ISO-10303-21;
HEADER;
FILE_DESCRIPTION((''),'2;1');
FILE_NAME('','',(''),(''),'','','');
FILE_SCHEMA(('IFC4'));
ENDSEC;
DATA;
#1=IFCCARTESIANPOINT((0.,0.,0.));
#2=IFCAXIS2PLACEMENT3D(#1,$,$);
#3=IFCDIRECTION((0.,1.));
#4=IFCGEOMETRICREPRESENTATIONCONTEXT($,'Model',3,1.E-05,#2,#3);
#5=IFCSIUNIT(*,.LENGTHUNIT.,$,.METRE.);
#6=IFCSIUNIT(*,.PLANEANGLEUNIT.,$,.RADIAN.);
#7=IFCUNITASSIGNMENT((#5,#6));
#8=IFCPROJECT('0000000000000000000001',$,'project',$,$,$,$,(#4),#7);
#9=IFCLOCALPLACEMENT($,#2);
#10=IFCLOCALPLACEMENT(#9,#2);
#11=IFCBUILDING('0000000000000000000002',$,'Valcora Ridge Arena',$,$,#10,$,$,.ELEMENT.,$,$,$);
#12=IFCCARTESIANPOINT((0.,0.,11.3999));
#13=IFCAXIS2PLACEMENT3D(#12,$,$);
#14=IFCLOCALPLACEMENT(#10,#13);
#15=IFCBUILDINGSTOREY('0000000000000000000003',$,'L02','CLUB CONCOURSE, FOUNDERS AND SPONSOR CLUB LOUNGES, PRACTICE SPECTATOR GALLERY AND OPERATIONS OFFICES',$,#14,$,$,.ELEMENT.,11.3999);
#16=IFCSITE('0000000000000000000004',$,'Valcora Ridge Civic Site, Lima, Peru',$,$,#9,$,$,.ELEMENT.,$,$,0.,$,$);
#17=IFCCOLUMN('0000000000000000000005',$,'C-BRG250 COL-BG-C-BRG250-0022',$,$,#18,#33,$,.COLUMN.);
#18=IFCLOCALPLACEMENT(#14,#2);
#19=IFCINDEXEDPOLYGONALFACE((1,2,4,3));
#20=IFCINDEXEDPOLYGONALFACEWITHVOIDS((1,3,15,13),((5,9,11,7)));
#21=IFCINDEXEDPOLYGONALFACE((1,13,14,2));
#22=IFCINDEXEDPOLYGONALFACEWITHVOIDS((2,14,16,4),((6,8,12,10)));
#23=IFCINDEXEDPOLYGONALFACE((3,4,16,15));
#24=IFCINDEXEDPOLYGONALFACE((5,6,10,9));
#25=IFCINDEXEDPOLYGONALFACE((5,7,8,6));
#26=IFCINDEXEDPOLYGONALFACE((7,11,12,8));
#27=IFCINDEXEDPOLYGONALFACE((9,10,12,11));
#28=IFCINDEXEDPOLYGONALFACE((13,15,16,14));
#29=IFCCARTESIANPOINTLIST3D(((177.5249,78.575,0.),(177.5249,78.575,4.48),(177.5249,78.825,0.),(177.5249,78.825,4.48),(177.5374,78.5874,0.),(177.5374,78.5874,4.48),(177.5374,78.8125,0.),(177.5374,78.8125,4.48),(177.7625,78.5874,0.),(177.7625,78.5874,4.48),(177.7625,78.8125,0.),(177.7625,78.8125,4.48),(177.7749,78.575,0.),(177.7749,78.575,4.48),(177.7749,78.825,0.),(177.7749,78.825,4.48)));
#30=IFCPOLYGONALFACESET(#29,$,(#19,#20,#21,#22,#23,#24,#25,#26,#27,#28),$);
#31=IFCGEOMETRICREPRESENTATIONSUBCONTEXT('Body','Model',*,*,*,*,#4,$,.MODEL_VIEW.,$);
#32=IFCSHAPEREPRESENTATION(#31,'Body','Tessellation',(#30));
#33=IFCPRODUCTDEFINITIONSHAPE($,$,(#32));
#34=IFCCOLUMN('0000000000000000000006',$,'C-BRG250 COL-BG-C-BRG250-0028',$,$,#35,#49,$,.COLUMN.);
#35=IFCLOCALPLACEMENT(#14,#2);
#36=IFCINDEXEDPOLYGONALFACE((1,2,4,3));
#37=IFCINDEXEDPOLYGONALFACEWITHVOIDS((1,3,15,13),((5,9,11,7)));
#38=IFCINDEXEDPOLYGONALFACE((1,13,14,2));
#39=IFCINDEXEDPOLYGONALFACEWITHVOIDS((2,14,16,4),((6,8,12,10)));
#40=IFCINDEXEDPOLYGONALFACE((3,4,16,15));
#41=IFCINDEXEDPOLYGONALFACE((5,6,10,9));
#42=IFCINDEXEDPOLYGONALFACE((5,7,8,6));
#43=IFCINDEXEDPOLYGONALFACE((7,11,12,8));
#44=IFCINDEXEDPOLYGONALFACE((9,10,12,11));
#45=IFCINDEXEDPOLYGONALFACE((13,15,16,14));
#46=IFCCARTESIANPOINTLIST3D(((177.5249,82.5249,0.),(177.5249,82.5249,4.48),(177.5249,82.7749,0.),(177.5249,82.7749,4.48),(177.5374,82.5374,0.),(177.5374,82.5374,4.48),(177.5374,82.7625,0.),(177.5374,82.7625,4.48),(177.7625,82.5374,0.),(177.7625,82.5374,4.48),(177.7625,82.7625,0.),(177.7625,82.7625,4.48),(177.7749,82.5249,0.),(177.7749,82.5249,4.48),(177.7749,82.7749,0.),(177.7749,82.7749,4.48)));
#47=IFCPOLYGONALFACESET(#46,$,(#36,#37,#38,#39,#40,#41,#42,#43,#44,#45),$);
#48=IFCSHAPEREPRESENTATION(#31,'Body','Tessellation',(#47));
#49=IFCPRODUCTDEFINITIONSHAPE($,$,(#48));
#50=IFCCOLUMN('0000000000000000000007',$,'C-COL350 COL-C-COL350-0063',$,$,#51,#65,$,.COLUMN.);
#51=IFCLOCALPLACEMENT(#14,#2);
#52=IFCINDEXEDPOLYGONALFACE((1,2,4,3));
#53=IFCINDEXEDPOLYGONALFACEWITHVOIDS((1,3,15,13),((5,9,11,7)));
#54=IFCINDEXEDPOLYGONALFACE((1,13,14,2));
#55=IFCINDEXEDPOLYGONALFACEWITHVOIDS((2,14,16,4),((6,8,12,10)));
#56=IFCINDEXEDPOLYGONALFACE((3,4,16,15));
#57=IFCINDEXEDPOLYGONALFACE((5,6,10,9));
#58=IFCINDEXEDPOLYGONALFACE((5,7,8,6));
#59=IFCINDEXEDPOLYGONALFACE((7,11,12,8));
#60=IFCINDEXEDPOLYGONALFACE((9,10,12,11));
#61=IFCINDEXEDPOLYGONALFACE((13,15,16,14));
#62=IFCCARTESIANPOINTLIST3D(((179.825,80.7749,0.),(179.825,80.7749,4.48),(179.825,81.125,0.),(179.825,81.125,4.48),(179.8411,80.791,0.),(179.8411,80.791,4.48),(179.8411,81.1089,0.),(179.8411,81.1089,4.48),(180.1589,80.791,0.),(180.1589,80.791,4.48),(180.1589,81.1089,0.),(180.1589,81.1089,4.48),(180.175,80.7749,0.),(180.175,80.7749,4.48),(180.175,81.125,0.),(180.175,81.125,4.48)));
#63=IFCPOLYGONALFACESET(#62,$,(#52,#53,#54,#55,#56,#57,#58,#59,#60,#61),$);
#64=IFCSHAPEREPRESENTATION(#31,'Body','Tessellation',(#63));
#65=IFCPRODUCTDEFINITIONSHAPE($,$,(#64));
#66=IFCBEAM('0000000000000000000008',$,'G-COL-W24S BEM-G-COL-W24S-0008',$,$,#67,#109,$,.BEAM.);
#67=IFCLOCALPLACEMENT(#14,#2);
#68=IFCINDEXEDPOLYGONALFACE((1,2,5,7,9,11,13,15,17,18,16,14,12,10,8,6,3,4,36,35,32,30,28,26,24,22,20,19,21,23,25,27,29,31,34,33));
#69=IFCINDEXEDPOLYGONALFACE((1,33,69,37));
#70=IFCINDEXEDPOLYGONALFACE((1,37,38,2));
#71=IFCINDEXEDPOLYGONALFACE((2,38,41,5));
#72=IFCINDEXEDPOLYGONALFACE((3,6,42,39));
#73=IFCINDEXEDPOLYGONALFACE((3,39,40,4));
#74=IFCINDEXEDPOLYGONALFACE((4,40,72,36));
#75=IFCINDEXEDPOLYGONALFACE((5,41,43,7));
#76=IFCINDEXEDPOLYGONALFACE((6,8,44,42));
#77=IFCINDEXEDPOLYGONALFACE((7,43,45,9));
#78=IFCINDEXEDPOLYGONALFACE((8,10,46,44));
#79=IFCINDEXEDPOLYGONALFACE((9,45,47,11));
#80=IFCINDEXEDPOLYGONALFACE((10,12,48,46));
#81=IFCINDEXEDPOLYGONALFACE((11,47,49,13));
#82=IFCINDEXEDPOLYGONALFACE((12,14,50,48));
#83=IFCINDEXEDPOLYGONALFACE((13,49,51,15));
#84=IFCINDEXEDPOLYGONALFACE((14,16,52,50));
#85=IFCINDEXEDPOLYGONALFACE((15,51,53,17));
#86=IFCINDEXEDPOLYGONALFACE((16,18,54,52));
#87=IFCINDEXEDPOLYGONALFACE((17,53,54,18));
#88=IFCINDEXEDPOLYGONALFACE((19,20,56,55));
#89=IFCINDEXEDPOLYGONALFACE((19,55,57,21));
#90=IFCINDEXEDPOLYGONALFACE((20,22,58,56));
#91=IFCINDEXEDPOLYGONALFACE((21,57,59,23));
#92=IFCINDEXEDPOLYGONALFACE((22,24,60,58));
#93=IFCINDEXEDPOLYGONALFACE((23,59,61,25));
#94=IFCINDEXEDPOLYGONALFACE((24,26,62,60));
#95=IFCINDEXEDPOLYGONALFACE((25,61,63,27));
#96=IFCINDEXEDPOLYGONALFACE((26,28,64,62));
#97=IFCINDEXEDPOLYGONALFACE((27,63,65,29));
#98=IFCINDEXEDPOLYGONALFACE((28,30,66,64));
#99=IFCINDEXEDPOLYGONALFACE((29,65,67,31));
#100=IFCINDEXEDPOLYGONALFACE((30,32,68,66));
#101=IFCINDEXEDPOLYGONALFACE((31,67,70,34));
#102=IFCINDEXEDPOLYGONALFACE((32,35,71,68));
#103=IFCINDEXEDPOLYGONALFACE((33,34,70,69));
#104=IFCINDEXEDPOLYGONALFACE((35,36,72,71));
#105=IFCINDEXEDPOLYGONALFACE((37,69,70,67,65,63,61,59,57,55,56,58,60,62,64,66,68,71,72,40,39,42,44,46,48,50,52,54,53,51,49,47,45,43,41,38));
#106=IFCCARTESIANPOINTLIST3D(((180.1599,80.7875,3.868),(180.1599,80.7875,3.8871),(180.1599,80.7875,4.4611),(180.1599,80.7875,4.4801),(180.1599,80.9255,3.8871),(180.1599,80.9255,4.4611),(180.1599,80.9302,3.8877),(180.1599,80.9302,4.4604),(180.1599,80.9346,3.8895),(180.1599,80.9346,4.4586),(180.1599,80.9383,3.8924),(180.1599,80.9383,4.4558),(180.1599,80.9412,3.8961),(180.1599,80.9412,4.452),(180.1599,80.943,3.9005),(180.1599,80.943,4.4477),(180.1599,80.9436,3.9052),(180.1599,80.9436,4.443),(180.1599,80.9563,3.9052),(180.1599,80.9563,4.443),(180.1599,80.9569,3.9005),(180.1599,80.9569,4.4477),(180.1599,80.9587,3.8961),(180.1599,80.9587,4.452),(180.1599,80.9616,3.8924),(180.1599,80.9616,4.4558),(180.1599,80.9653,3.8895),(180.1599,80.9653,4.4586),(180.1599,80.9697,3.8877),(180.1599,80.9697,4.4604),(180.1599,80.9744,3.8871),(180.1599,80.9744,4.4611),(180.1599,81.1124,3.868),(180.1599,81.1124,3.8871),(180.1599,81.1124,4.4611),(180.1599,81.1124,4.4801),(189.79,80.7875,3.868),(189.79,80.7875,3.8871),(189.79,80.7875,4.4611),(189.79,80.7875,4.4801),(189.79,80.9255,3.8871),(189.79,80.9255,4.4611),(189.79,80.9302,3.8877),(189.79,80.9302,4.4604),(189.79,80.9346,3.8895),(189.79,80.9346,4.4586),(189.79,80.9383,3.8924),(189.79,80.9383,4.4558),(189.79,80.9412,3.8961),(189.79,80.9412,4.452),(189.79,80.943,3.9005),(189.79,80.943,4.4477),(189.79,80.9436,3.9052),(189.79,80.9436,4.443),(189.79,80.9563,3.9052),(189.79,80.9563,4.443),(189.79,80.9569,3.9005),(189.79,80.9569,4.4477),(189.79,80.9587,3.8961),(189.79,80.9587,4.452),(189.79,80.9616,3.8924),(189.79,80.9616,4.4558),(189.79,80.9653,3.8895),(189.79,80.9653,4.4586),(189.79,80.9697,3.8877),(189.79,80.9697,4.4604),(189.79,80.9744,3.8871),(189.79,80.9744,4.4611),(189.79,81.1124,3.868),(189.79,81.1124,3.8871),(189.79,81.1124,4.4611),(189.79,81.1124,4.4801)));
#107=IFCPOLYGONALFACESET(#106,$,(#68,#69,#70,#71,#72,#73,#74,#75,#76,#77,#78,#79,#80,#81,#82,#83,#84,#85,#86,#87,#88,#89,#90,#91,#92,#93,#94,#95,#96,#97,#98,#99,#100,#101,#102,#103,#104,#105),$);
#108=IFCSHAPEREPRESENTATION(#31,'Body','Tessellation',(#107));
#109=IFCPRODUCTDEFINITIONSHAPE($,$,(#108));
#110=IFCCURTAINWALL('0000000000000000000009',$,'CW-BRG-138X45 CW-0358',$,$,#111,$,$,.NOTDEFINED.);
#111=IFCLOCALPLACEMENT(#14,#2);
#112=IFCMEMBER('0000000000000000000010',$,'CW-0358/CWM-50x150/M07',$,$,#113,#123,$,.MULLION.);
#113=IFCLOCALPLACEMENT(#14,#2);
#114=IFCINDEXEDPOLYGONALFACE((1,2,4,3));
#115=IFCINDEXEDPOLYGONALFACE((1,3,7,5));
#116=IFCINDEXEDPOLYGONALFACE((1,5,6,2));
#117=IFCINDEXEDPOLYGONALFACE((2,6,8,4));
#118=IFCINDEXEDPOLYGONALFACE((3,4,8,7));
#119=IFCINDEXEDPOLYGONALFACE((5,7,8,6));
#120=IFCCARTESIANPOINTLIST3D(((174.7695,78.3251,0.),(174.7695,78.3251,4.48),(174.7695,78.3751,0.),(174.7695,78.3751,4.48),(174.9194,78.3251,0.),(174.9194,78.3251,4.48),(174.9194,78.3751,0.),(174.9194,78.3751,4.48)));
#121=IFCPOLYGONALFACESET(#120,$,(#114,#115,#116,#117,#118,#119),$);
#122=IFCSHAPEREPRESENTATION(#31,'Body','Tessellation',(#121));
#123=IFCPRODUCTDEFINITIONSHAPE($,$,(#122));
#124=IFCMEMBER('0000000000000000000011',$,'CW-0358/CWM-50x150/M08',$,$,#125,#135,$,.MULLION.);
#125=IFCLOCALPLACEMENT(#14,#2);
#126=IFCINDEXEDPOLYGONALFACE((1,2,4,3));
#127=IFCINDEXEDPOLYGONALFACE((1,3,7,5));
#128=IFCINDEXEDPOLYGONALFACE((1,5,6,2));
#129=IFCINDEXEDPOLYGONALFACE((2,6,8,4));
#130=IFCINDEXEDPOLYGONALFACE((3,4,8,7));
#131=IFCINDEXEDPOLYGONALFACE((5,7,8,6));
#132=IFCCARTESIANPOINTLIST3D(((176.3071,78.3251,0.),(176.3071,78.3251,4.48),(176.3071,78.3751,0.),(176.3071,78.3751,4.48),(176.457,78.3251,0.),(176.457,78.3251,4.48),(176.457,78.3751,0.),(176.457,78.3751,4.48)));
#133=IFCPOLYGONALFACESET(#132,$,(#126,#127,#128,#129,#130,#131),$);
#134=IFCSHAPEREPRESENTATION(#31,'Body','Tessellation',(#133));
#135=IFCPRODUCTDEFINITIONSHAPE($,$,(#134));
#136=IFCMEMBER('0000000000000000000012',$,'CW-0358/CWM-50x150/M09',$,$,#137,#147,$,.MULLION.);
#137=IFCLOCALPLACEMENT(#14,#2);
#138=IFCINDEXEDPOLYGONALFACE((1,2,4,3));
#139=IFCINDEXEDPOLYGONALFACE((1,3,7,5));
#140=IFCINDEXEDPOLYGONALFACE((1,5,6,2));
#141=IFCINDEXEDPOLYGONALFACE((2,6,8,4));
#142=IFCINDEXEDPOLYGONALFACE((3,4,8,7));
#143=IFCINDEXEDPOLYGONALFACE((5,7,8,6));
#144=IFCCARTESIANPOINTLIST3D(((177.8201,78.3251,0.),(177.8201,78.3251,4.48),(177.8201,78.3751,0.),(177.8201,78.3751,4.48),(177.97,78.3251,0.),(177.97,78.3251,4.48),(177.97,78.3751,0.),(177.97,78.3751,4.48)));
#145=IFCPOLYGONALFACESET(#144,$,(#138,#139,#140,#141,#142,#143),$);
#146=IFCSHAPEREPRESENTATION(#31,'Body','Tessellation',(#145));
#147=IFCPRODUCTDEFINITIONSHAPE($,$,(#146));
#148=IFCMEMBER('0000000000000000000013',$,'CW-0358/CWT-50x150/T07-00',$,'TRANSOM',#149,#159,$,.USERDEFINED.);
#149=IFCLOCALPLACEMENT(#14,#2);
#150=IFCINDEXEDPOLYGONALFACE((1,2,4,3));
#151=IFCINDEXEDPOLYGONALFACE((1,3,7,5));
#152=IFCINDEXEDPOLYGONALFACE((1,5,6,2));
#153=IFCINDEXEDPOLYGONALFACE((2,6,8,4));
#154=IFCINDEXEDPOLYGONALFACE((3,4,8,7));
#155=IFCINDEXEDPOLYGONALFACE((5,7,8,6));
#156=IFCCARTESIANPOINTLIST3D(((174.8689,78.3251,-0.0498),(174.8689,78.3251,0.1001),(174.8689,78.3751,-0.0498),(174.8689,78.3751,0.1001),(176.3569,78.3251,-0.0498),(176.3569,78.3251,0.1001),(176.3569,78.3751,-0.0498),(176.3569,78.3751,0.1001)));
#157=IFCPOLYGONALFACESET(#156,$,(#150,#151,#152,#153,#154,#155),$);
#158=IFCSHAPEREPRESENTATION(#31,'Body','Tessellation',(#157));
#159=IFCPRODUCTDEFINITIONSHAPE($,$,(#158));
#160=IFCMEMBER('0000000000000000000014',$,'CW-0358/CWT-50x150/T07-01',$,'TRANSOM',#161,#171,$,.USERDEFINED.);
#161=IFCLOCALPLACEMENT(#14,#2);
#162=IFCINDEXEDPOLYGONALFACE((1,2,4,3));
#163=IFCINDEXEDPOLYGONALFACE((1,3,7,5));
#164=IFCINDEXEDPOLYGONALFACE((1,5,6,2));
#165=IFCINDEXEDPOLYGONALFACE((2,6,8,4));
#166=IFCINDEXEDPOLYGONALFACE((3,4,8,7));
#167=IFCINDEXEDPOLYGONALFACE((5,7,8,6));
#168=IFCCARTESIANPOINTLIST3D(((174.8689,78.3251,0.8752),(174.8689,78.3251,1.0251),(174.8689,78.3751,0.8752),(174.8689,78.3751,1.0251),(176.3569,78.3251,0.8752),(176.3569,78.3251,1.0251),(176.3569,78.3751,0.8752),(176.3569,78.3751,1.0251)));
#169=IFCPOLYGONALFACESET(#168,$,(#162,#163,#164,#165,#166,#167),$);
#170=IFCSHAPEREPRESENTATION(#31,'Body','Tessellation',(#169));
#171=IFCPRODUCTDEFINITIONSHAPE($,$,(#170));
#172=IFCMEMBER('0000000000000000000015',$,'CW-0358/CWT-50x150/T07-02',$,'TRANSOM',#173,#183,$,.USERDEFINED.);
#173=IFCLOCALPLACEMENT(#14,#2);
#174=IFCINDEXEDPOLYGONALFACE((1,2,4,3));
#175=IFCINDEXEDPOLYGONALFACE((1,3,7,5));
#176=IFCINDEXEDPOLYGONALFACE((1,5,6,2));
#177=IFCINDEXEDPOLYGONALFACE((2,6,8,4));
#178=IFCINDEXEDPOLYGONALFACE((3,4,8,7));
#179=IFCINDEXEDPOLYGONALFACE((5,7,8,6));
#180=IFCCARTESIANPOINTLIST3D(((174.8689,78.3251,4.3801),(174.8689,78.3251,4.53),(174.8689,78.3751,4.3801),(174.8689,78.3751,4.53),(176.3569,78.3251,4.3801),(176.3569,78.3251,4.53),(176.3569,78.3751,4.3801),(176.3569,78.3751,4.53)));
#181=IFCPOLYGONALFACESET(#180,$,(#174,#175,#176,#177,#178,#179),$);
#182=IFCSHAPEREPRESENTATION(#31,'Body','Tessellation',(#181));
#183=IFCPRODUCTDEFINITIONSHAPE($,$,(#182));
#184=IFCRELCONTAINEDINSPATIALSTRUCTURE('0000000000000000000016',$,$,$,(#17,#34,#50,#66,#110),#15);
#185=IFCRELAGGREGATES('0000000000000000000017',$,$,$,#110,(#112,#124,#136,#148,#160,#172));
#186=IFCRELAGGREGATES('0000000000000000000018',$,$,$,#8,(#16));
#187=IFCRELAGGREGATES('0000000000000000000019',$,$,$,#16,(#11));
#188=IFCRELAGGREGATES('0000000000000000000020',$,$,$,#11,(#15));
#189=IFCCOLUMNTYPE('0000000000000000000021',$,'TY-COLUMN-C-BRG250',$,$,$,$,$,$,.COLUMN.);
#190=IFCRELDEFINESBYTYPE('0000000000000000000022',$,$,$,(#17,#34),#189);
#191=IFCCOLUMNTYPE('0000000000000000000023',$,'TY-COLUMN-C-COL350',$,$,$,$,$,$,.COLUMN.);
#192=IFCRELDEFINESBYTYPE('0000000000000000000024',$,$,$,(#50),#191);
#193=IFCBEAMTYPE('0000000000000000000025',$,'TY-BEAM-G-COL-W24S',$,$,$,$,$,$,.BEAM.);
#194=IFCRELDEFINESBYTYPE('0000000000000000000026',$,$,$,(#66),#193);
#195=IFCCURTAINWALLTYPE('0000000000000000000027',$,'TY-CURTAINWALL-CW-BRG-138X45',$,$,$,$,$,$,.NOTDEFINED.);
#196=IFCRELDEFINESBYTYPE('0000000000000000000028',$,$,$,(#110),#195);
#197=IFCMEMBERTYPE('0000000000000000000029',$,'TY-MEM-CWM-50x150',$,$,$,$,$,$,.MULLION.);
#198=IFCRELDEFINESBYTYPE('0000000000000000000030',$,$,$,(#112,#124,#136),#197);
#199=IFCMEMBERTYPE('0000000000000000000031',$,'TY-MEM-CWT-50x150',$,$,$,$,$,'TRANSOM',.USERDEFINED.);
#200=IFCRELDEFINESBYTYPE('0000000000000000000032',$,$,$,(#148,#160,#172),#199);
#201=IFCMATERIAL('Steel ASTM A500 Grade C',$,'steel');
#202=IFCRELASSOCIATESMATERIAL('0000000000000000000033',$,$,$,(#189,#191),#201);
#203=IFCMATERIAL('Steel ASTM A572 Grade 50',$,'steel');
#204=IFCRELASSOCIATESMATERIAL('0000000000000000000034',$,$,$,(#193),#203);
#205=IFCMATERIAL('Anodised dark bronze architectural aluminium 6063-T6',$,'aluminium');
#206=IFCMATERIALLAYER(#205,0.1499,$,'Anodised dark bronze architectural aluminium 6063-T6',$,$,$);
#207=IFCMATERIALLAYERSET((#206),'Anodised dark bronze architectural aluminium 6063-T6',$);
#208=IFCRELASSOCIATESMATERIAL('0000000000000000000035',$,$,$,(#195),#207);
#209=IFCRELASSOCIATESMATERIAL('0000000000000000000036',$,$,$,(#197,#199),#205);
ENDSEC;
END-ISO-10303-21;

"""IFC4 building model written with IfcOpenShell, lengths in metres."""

from ifc_helpers import new_model, si_unit, direction, frame, origin, origin_2d, place, context, subcontext, project, spatial, rectangle, hollow_rectangle, i_section, extrude, material, layer, layer_set, material_profile, profile_set, type_object, element, aggregate, save


model = new_model("IFC4")

# Units and contexts
model_context = context("Model", 3, precision=1e-05, world=origin(), true_north=direction((0.0, 1.0)))
body_context = subcontext(model_context, "Body", "Model", "MODEL_VIEW")
ifc_project = project(units=[si_unit("LENGTHUNIT", "METRE"), si_unit("PLANEANGLEUNIT", "RADIAN")], contexts=[model_context])

# Site, building, storey
site_placement = place(None, origin())
site = spatial("IfcSite", under=ifc_project, at=site_placement, Name="Valcora Ridge Civic Site, Lima, Peru", CompositionType="ELEMENT", RefElevation=0.0)
building_placement = place(site_placement, origin())
building = spatial("IfcBuilding", under=site, at=building_placement, Name="Valcora Ridge Arena", CompositionType="ELEMENT")
storey_placement = place(building_placement, frame((0.0, 0.0, 11.3999)))
storey = spatial("IfcBuildingStorey", under=building, at=storey_placement, Name="L02", Description="CLUB CONCOURSE, FOUNDERS AND SPONSOR CLUB LOUNGES, PRACTICE SPECTATOR GALLERY AND OPERATIONS OFFICES", CompositionType="ELEMENT", Elevation=11.3999)

# Columns
ifc_material_1 = material(Name="Steel ASTM A500 Grade C", Category="steel")
ifc_material_profile_1 = material_profile(ifc_material_1, hollow_rectangle(XDim=0.25, YDim=0.25, WallThickness=0.0125, at=origin_2d()), Name="HSS250X250X12")
ifc_profile_set_1 = profile_set([ifc_material_profile_1], Name="Steel ASTM A500 Grade C")
column_type_1 = type_object("IfcColumnType", Name="TY-COLUMN-C-BRG250", PredefinedType="COLUMN", material=ifc_profile_set_1)
for number, where, z_axis, x_axis, name in (
    (1, (177.6499, 78.7, 0.0), (0.0, 0.0, 1.0), (1.0, 0.0, 0.0), "C-BRG250 COL-BG-C-BRG250-0022"),
    (2, (177.6499, 82.6499, 0.0), (0.0, 0.0, 1.0), (1.0, 0.0, 0.0), "C-BRG250 COL-BG-C-BRG250-0028"),
):
    element("IfcColumn", number, at=place(storey_placement, frame(where, z_axis=z_axis, x_axis=x_axis)), inside=storey, type_object=column_type_1, Name=name, PredefinedType="COLUMN", context=body_context, shape_type="SweptSolid", body=[
        extrude(hollow_rectangle(XDim=0.25, YDim=0.25, WallThickness=0.0125, at=origin_2d()), origin(), (0.0, 0.0, 1.0), 4.48),
    ])
ifc_material_profile_2 = material_profile(ifc_material_1, hollow_rectangle(XDim=0.3501, YDim=0.3501, WallThickness=0.0161, at=origin_2d()), Name="HSS350X350X16")
ifc_profile_set_2 = profile_set([ifc_material_profile_2], Name="Steel ASTM A500 Grade C")
column_type_2 = type_object("IfcColumnType", Name="TY-COLUMN-C-COL350", PredefinedType="COLUMN", material=ifc_profile_set_2)
column_placement = place(storey_placement, frame((180.0, 80.95, 0.0), z_axis=(0.0, 0.0, 1.0), x_axis=(1.0, 0.0, 0.0)))
element("IfcColumn", 3, at=column_placement, inside=storey, type_object=column_type_2, Name="C-COL350 COL-C-COL350-0063", PredefinedType="COLUMN", context=body_context, shape_type="SweptSolid", body=[
    extrude(hollow_rectangle(XDim=0.3501, YDim=0.3501, WallThickness=0.0161, at=origin_2d()), origin(), (0.0, 0.0, 1.0), 4.48),
])

# Beam
ifc_material_2 = material(Name="Steel ASTM A572 Grade 50", Category="steel")
ifc_material_profile_3 = material_profile(ifc_material_2, i_section(OverallWidth=0.325, OverallDepth=0.6121, WebThickness=0.0127, FlangeThickness=0.019, FilletRadius=0.0181, at=origin_2d()), Name="W24X104")
ifc_profile_set_3 = profile_set([ifc_material_profile_3], Name="Steel ASTM A572 Grade 50")
beam_type = type_object("IfcBeamType", Name="TY-BEAM-G-COL-W24S", PredefinedType="BEAM", material=ifc_profile_set_3)
beam_placement = place(storey_placement, frame((180.1599, 80.95, 4.1741), z_axis=(1.0, 0.0, 0.0), x_axis=(0.0, 1.0, 0.0)))
element("IfcBeam", 4, at=beam_placement, inside=storey, type_object=beam_type, Name="G-COL-W24S BEM-G-COL-W24S-0008", PredefinedType="BEAM", context=body_context, shape_type="SweptSolid", body=[
    extrude(i_section(OverallWidth=0.325, OverallDepth=0.6121, WebThickness=0.0127, FlangeThickness=0.019, FilletRadius=0.0181, at=origin_2d()), origin(), (0.0, 0.0, 1.0), 9.6301),
])

# Curtain wall, members
ifc_material_3 = material(Name="Anodised dark bronze architectural aluminium 6063-T6", Category="aluminium")
ifc_layer_1 = layer(ifc_material_3, 0.1499, Name="Anodised dark bronze architectural aluminium 6063-T6")
ifc_layer_set_1 = layer_set([ifc_layer_1], Name="Anodised dark bronze architectural aluminium 6063-T6")
curtain_wall_type = type_object("IfcCurtainWallType", Name="TY-CURTAINWALL-CW-BRG-138X45", PredefinedType="NOTDEFINED", material=ifc_layer_set_1)
curtain_wall_placement = place(storey_placement, origin())
curtain_wall = element("IfcCurtainWall", 5, at=curtain_wall_placement, inside=storey, type_object=curtain_wall_type, Name="CW-BRG-138X45 CW-0358", PredefinedType="NOTDEFINED")
ifc_material_profile_4 = material_profile(ifc_material_3, rectangle(XDim=0.05, YDim=0.1499, at=origin_2d()), Name="ALU MULLION 50x150")
ifc_profile_set_4 = profile_set([ifc_material_profile_4], Name="Anodised dark bronze architectural aluminium 6063-T6")
member_type_1 = type_object("IfcMemberType", Name="TY-MEM-CWM-50x150", PredefinedType="MULLION", material=ifc_profile_set_4)
member_1_placement = place(storey_placement, frame((174.8445, 78.3501, 0.0), z_axis=(0.0, 0.0, 1.0), x_axis=(0.0, 1.0, 0.0)))
member_1 = element("IfcMember", 6, at=member_1_placement, type_object=member_type_1, Name="CW-0358/CWM-50x150/M07", PredefinedType="MULLION", context=body_context, shape_type="SweptSolid", body=[
    extrude(rectangle(XDim=0.05, YDim=0.1499, at=origin_2d()), origin(), (0.0, 0.0, 1.0), 4.48),
])
member_2_placement = place(storey_placement, frame((176.3821, 78.3501, 0.0), z_axis=(0.0, 0.0, 1.0), x_axis=(0.0, 1.0, 0.0)))
member_2 = element("IfcMember", 7, at=member_2_placement, type_object=member_type_1, Name="CW-0358/CWM-50x150/M08", PredefinedType="MULLION", context=body_context, shape_type="SweptSolid", body=[
    extrude(rectangle(XDim=0.05, YDim=0.1499, at=origin_2d()), origin(), (0.0, 0.0, 1.0), 4.48),
])
member_3_placement = place(storey_placement, frame((177.895, 78.3501, 0.0), z_axis=(0.0, 0.0, 1.0), x_axis=(0.0, 1.0, 0.0)))
member_3 = element("IfcMember", 8, at=member_3_placement, type_object=member_type_1, Name="CW-0358/CWM-50x150/M09", PredefinedType="MULLION", context=body_context, shape_type="SweptSolid", body=[
    extrude(rectangle(XDim=0.05, YDim=0.1499, at=origin_2d()), origin(), (0.0, 0.0, 1.0), 4.48),
])
ifc_material_profile_5 = material_profile(ifc_material_3, rectangle(XDim=0.05, YDim=0.1499, at=origin_2d()), Name="ALU TRANSOM 50x150")
ifc_profile_set_5 = profile_set([ifc_material_profile_5], Name="Anodised dark bronze architectural aluminium 6063-T6")
member_type_2 = type_object("IfcMemberType", Name="TY-MEM-CWT-50x150", ElementType="TRANSOM", PredefinedType="USERDEFINED", material=ifc_profile_set_5)
member_4_placement = place(storey_placement, frame((174.8689, 78.3501, 0.0251), z_axis=(1.0, 0.0, 0.0), x_axis=(0.0, 1.0, 0.0)))
member_4 = element("IfcMember", 9, at=member_4_placement, type_object=member_type_2, Name="CW-0358/CWT-50x150/T07-00", ObjectType="TRANSOM", PredefinedType="USERDEFINED", context=body_context, shape_type="SweptSolid", body=[
    extrude(rectangle(XDim=0.05, YDim=0.1499, at=origin_2d()), origin(), (0.0, 0.0, 1.0), 1.488),
])
member_5_placement = place(storey_placement, frame((174.8689, 78.3501, 0.9502), z_axis=(1.0, 0.0, 0.0), x_axis=(0.0, 1.0, 0.0)))
member_5 = element("IfcMember", 10, at=member_5_placement, type_object=member_type_2, Name="CW-0358/CWT-50x150/T07-01", ObjectType="TRANSOM", PredefinedType="USERDEFINED", context=body_context, shape_type="SweptSolid", body=[
    extrude(rectangle(XDim=0.05, YDim=0.1499, at=origin_2d()), origin(), (0.0, 0.0, 1.0), 1.488),
])
member_6_placement = place(storey_placement, frame((174.8689, 78.3501, 4.4551), z_axis=(1.0, 0.0, 0.0), x_axis=(0.0, 1.0, 0.0)))
member_6 = element("IfcMember", 11, at=member_6_placement, type_object=member_type_2, Name="CW-0358/CWT-50x150/T07-02", ObjectType="TRANSOM", PredefinedType="USERDEFINED", context=body_context, shape_type="SweptSolid", body=[
    extrude(rectangle(XDim=0.05, YDim=0.1499, at=origin_2d()), origin(), (0.0, 0.0, 1.0), 1.488),
])
aggregate(curtain_wall, [member_1, member_2, member_3, member_4, member_5, member_6])

save(model, "model.ifc")
